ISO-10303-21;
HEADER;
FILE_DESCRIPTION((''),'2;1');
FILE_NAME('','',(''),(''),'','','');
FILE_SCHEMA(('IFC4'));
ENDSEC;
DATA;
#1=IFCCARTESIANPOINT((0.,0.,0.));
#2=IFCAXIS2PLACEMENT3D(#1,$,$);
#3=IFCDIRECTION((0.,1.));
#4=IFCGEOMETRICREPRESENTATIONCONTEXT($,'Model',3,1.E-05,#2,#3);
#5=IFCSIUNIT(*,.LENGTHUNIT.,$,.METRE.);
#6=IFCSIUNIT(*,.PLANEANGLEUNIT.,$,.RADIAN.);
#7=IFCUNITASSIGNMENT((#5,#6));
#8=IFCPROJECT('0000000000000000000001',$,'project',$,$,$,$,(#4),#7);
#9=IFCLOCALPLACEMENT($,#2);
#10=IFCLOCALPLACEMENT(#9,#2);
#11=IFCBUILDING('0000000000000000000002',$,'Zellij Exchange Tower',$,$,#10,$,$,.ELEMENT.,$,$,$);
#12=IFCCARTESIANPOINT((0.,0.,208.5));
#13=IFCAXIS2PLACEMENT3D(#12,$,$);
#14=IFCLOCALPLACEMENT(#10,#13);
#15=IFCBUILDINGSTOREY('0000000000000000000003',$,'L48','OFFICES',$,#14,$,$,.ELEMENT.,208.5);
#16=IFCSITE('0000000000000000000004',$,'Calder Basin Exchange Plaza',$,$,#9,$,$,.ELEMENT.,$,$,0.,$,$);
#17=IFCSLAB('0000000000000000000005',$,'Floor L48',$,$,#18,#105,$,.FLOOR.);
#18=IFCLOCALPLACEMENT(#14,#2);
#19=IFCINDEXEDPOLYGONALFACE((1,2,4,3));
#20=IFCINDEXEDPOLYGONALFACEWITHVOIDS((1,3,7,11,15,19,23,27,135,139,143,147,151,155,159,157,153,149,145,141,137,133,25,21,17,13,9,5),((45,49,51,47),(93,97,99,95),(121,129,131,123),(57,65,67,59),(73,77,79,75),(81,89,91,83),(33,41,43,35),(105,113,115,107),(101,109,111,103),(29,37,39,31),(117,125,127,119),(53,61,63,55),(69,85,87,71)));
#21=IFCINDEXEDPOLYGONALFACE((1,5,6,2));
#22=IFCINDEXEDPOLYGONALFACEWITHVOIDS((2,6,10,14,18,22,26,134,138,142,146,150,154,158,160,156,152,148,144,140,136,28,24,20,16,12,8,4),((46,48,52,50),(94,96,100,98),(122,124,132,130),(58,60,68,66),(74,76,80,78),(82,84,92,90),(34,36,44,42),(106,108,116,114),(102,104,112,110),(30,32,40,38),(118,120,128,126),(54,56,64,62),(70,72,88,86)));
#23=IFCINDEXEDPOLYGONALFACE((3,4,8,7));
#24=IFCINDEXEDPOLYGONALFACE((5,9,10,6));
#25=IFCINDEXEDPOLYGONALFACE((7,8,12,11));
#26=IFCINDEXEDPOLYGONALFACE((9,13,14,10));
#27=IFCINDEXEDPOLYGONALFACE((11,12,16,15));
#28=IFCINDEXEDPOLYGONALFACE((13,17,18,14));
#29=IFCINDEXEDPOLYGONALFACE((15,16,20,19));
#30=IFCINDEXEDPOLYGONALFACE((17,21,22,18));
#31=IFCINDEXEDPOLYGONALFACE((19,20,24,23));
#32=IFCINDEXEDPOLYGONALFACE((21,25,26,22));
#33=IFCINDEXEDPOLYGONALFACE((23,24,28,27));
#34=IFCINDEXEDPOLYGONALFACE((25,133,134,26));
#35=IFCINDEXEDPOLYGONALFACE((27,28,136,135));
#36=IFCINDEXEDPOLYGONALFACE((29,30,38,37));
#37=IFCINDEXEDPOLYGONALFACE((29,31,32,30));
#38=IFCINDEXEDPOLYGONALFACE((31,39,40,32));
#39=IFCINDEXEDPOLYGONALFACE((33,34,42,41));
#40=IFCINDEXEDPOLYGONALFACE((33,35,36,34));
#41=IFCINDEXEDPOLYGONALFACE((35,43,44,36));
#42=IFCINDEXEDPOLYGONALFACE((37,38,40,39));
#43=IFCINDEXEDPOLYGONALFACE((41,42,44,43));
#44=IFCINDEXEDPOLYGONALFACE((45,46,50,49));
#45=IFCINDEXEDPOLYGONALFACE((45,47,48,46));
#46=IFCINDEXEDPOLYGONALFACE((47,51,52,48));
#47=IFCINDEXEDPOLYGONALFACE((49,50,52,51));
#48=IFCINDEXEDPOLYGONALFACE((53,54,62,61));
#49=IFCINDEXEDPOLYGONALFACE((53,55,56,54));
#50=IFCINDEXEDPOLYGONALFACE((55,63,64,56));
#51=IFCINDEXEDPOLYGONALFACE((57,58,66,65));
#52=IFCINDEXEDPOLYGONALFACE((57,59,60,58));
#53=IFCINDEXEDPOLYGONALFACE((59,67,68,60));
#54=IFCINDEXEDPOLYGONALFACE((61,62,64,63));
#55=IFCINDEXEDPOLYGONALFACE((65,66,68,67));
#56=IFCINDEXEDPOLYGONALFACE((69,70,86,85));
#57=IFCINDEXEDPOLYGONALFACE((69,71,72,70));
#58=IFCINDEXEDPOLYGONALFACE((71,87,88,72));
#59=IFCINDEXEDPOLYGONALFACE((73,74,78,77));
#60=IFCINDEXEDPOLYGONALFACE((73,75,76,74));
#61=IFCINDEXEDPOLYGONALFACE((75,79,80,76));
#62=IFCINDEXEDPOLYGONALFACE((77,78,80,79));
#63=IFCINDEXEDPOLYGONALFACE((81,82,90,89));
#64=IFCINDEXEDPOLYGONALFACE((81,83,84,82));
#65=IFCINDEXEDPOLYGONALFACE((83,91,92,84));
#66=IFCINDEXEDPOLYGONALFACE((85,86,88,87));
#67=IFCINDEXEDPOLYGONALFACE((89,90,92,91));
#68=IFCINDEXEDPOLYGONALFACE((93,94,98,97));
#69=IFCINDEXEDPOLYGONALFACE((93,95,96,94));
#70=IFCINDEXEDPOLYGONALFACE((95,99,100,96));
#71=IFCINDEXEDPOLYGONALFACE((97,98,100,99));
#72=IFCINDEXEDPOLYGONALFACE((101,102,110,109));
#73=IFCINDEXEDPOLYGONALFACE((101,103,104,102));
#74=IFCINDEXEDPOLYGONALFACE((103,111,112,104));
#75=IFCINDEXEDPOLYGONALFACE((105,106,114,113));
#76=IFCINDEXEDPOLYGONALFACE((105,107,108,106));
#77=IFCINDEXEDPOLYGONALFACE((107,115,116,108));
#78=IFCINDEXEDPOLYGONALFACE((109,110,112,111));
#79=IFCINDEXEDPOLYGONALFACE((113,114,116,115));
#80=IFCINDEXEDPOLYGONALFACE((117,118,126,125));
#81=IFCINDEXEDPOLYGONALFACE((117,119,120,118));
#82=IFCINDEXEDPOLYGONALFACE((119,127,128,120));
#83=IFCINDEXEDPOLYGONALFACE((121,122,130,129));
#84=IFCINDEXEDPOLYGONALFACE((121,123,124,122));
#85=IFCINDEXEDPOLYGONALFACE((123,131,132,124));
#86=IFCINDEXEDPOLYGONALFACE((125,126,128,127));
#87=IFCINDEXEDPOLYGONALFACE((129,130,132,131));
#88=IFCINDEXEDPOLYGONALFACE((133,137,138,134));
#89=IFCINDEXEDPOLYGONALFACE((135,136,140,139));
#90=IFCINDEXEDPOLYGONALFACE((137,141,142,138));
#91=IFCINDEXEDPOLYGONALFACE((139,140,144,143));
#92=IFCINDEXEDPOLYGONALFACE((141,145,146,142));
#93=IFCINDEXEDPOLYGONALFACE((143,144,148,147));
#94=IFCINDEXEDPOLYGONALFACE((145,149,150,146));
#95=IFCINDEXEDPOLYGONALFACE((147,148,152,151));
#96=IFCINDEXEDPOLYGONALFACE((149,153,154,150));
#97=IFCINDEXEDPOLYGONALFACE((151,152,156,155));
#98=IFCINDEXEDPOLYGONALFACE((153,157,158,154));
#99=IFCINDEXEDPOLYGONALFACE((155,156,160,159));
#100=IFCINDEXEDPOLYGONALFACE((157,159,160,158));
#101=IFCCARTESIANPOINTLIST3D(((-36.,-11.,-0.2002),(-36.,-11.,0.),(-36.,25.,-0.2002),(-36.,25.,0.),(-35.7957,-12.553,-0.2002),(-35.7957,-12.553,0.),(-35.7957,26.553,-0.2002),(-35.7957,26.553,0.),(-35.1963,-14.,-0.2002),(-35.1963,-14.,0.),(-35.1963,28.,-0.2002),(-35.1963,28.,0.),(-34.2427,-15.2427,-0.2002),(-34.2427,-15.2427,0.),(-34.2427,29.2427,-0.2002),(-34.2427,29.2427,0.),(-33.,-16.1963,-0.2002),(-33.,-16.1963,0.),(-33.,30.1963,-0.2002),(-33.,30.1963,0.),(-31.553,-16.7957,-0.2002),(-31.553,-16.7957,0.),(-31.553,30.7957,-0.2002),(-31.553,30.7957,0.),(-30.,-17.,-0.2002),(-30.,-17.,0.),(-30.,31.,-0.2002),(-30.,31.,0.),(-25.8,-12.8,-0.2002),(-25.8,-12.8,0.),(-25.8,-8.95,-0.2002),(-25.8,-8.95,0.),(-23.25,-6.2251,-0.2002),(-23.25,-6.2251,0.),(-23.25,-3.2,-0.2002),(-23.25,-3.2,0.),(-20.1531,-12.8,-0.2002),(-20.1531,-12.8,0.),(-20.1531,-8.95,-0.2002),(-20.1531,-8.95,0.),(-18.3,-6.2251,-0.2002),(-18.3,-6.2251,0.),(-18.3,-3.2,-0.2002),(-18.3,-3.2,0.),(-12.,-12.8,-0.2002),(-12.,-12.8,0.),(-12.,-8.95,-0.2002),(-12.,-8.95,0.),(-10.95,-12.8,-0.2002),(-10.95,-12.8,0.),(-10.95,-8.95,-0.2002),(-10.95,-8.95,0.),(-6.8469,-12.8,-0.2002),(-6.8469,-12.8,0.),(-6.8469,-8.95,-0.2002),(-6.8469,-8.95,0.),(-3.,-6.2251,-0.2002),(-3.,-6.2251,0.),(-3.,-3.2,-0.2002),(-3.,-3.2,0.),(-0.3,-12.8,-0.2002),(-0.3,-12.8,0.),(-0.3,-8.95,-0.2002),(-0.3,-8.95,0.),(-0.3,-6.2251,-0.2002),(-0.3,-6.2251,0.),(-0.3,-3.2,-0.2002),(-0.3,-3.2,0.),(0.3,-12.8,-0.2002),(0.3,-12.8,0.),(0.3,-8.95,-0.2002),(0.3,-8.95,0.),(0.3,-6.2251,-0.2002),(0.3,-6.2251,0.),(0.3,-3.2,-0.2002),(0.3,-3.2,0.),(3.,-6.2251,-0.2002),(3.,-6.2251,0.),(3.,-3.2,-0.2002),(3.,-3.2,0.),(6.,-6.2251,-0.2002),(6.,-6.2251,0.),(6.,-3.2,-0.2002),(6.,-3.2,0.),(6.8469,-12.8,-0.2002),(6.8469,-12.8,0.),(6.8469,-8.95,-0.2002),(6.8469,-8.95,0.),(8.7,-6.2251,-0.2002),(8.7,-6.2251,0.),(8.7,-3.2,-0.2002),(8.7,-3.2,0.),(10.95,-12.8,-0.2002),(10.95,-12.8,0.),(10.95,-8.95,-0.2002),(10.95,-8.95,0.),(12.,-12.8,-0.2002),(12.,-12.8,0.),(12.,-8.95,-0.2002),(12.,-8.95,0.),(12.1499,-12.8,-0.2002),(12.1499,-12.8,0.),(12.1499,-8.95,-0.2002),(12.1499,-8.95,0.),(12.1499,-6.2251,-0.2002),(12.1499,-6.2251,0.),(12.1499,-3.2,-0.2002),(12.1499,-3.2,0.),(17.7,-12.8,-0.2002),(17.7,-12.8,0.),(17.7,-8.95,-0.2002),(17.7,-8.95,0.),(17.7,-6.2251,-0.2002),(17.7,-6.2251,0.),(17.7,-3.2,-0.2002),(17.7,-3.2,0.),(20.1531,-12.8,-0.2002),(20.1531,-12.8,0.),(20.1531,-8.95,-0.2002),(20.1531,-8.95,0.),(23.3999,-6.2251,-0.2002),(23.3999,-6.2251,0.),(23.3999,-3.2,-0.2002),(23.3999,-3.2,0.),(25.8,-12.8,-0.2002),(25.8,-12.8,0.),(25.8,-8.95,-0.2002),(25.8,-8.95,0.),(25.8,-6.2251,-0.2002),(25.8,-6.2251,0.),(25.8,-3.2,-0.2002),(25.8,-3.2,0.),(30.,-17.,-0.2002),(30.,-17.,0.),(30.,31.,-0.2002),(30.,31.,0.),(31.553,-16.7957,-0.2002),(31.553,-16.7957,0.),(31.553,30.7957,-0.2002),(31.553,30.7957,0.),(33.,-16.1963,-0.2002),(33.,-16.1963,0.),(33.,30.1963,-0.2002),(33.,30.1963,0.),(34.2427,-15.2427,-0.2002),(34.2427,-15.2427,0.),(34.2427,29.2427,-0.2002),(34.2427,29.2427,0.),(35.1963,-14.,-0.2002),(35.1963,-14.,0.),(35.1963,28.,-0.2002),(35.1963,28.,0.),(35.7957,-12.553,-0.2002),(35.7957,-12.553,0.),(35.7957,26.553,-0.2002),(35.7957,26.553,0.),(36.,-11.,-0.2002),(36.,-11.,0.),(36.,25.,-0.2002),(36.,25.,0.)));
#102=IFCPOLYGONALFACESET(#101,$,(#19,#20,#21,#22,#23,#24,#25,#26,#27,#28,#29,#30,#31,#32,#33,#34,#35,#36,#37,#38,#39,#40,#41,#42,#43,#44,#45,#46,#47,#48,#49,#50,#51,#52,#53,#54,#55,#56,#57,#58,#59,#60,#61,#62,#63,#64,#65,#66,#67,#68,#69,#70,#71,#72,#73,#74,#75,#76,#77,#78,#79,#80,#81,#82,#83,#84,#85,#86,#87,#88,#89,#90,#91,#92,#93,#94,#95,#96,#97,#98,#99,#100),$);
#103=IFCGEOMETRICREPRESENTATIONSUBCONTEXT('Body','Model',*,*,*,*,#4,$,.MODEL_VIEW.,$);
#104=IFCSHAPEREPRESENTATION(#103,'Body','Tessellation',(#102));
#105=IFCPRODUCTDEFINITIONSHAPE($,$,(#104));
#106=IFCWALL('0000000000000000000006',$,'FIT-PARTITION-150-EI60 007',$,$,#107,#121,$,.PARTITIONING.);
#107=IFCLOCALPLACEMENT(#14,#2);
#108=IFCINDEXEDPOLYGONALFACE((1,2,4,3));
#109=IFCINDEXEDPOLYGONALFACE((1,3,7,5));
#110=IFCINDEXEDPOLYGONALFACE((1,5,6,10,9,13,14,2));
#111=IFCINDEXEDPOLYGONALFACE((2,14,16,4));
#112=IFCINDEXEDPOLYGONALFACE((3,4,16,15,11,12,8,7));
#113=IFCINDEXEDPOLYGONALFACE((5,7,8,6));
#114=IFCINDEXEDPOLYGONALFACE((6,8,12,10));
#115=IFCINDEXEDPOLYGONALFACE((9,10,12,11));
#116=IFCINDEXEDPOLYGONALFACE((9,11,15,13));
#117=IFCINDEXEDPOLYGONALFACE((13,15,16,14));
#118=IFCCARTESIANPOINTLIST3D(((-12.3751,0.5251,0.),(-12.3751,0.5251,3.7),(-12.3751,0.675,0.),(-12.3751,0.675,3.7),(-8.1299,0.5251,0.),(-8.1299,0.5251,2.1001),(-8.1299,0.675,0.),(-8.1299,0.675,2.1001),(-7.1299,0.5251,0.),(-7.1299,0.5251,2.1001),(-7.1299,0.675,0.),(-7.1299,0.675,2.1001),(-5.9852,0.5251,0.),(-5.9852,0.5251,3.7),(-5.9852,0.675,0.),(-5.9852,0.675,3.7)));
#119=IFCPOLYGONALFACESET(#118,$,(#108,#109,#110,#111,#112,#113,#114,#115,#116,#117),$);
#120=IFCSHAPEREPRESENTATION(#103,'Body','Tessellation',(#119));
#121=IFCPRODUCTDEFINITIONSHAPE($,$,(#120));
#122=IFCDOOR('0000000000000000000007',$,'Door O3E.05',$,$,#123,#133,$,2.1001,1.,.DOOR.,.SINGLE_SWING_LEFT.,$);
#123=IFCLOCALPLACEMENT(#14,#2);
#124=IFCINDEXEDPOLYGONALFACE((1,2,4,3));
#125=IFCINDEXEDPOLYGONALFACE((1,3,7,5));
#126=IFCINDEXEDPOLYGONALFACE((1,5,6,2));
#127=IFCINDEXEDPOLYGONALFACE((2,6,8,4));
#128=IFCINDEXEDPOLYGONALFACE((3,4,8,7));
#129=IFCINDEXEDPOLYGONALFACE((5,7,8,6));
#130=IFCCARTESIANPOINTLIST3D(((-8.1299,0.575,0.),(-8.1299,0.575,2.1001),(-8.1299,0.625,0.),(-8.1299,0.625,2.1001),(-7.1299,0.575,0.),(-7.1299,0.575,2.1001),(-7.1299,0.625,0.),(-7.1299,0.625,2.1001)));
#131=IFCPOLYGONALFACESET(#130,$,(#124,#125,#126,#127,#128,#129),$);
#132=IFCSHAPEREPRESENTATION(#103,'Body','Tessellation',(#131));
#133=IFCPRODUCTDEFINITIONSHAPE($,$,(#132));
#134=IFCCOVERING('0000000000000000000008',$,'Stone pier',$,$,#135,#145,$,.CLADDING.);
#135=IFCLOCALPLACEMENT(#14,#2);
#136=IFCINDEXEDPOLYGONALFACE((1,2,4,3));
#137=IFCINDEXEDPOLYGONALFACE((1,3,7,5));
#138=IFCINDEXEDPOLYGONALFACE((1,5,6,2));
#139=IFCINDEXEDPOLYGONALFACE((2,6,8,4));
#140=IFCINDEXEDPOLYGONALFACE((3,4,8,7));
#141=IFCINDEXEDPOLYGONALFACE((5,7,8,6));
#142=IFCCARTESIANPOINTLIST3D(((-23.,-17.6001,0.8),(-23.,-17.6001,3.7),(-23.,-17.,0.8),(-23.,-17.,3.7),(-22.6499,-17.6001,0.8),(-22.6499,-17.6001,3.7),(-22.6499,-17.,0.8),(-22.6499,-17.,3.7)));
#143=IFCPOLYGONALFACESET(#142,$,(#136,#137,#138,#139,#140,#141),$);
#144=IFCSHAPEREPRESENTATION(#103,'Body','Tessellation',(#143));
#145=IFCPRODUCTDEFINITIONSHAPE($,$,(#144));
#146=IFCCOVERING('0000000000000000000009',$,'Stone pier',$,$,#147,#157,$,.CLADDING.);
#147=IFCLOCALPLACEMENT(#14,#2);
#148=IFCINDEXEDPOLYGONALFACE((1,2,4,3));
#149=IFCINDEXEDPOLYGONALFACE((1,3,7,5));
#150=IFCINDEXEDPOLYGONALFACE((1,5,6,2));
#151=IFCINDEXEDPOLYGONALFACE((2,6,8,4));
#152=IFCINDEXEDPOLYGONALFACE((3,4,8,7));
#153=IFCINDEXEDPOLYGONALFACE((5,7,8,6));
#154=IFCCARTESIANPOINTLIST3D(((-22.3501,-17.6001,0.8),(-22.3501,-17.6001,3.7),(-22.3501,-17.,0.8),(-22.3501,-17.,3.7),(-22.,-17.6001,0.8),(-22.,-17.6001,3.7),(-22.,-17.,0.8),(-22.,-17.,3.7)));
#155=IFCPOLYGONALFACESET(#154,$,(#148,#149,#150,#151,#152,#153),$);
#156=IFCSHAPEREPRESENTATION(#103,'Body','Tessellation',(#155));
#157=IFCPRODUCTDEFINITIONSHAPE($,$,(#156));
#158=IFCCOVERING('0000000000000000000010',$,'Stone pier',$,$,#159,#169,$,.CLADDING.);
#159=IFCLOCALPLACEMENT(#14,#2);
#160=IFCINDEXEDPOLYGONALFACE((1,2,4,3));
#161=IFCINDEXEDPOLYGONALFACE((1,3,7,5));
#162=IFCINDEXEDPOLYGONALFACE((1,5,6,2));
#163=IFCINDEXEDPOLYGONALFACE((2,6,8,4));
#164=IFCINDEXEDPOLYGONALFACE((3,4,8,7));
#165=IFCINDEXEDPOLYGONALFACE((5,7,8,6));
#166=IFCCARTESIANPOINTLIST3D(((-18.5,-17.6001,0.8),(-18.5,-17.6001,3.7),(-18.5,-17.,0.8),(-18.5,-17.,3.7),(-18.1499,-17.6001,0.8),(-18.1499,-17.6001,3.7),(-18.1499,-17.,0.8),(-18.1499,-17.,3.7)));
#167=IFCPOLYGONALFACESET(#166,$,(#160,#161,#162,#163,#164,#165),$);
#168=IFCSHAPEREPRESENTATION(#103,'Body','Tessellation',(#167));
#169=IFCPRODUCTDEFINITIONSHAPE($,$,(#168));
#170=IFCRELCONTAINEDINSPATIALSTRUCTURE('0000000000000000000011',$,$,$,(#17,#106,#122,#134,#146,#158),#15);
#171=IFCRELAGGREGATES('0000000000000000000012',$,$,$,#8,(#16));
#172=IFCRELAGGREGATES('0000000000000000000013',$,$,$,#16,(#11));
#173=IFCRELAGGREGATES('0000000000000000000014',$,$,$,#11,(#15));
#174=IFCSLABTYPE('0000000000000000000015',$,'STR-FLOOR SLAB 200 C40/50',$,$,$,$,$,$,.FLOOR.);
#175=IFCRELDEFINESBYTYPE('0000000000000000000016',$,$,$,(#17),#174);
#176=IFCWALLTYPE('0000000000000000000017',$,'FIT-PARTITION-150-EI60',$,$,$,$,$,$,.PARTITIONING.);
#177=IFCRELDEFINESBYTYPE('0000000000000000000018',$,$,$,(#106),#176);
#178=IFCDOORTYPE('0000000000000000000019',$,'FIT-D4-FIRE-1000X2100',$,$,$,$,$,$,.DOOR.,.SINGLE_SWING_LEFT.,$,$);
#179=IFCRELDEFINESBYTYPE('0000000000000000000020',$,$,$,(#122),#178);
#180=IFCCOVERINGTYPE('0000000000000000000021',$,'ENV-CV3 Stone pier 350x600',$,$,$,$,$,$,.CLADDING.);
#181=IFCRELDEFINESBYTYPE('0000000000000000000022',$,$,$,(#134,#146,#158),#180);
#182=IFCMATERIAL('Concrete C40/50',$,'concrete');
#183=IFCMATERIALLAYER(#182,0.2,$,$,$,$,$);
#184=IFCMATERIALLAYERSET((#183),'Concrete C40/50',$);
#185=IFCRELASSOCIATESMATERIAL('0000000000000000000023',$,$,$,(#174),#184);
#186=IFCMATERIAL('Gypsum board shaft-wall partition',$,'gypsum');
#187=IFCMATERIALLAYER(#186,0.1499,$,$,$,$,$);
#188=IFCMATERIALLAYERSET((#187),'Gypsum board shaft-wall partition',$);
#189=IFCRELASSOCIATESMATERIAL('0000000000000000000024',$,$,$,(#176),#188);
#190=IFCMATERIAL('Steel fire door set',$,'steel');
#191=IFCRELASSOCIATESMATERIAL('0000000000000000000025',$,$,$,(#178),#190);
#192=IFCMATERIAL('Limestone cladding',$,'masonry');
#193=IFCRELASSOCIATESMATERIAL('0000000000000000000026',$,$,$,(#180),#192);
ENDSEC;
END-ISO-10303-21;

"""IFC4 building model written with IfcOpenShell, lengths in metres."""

from ifc_helpers import new_model, si_unit, direction, frame, frame_2d, origin, place, context, subcontext, project, spatial, polyline, rectangle, outline, extrude, material, layer, layer_set, type_object, element, fill, save


model = new_model("IFC4")

# Units and contexts
model_context = context("Model", 3, precision=1e-05, world=origin(), true_north=direction((0.0, 1.0)))
body_context = subcontext(model_context, "Body", "Model", "MODEL_VIEW")
ifc_project = project(units=[si_unit("LENGTHUNIT", "METRE"), si_unit("PLANEANGLEUNIT", "RADIAN")], contexts=[model_context])

# Site, building, storey
site_placement = place(None, origin())
site = spatial("IfcSite", under=ifc_project, at=site_placement, Name="Calder Basin Exchange Plaza", CompositionType="ELEMENT", RefElevation=0.0)
building_placement = place(site_placement, origin())
building = spatial("IfcBuilding", under=site, at=building_placement, Name="Zellij Exchange Tower", CompositionType="ELEMENT")
storey_placement = place(building_placement, frame((0.0, 0.0, 208.5)))
storey = spatial("IfcBuildingStorey", under=building, at=storey_placement, Name="L48", Description="OFFICES", CompositionType="ELEMENT", Elevation=208.5)

# Slab
ifc_material_1 = material(Name="Concrete C40/50", Category="concrete")
ifc_layer_1 = layer(ifc_material_1, 0.2)
ifc_layer_set_1 = layer_set([ifc_layer_1], Name="Concrete C40/50")
slab_type = type_object("IfcSlabType", Name="STR-FLOOR SLAB 200 C40/50", PredefinedType="FLOOR", material=ifc_layer_set_1)
slab_placement = place(storey_placement, frame((0.0, 0.0, -0.2002)))
element("IfcSlab", 1, at=slab_placement, inside=storey, type_object=slab_type, Name="Floor L48", PredefinedType="FLOOR", context=body_context, shape_type="SweptSolid", body=[
    extrude(outline(polyline([(-30.0, -17.0), (-31.553, -16.7957), (-33.0, -16.1963), (-34.2427, -15.2427), (-35.1963, -14.0), (-35.7957, -12.553), (-36.0, -11.0), (-36.0, 25.0), (-35.7957, 26.553), (-35.1963, 28.0), (-34.2427, 29.2427), (-33.0, 30.1963), (-31.553, 30.7957), (-30.0, 31.0), (30.0, 31.0), (31.553, 30.7957), (33.0, 30.1963), (34.2427, 29.2427), (35.1963, 28.0), (35.7957, 26.553), (36.0, 25.0), (36.0, -11.0), (35.7957, -12.553), (35.1963, -14.0), (34.2427, -15.2427), (33.0, -16.1963), (31.553, -16.7957), (30.0, -17.0), (-30.0, -17.0)]), holes=[polyline([(-25.8, -8.95), (-25.8, -12.8), (-20.1531, -12.8), (-20.1531, -8.95), (-25.8, -8.95)]), polyline([(-10.95, -8.95), (-12.0, -8.95), (-12.0, -12.8), (-10.95, -12.8), (-10.95, -8.95)]), polyline([(-0.3, -8.95), (-6.8469, -8.95), (-6.8469, -12.8), (-0.3, -12.8), (-0.3, -8.95)]), polyline([(0.3, -8.95), (0.3, -12.8), (6.8469, -12.8), (6.8469, -8.95), (0.3, -8.95)]), polyline([(-18.3, -3.2), (-23.25, -3.2), (-23.25, -6.2251), (-18.3, -6.2251), (-18.3, -3.2)]), polyline([(-0.3, -3.2), (-3.0, -3.2), (-3.0, -6.2251), (-0.3, -6.2251), (-0.3, -3.2)]), polyline([(0.3, -3.2), (0.3, -6.2251), (3.0, -6.2251), (3.0, -3.2), (0.3, -3.2)]), polyline([(12.0, -8.95), (10.95, -8.95), (10.95, -12.8), (12.0, -12.8), (12.0, -8.95)]), polyline([(17.7, -8.95), (12.1499, -8.95), (12.1499, -12.8), (17.7, -12.8), (17.7, -8.95)]), polyline([(25.8, -8.95), (20.1531, -8.95), (20.1531, -12.8), (25.8, -12.8), (25.8, -8.95)]), polyline([(8.7, -3.2), (6.0, -3.2), (6.0, -6.2251), (8.7, -6.2251), (8.7, -3.2)]), polyline([(17.7, -3.2), (12.1499, -3.2), (12.1499, -6.2251), (17.7, -6.2251), (17.7, -3.2)]), polyline([(25.8, -3.2), (23.3999, -3.2), (23.3999, -6.2251), (25.8, -6.2251), (25.8, -3.2)])]), origin(), (0.0, 0.0, 1.0), 0.2002),
])

# Wall, opening, door
ifc_material_2 = material(Name="Gypsum board shaft-wall partition", Category="gypsum")
ifc_layer_2 = layer(ifc_material_2, 0.1499)
ifc_layer_set_2 = layer_set([ifc_layer_2], Name="Gypsum board shaft-wall partition")
wall_type = type_object("IfcWallType", Name="FIT-PARTITION-150-EI60", PredefinedType="PARTITIONING", material=ifc_layer_set_2)
wall_placement = place(storey_placement, frame((-12.375, 0.6001, 0.0), z_axis=(0.0, 0.0, 1.0), x_axis=(1.0, 0.0, 0.0)))
wall = element("IfcWall", 2, at=wall_placement, inside=storey, type_object=wall_type, Name="FIT-PARTITION-150-EI60 007", PredefinedType="PARTITIONING", context=body_context, shape_type="SweptSolid", body=[
    extrude(rectangle(XDim=6.3899, YDim=0.1499, at=frame_2d((3.1948, 0.0))), origin(), (0.0, 0.0, 1.0), 3.7),
])
opening_placement = place(wall_placement, frame((4.2451, 0.0, 0.0)))
opening = element("IfcOpeningElement", 3, at=opening_placement, cuts=wall, PredefinedType="OPENING", context=body_context, shape_type="SweptSolid", body=[
    extrude(rectangle(XDim=1.0, YDim=2.1001, at=frame_2d((0.5, 1.05))), frame((0.0, 0.0869, 0.0), z_axis=(0.0, -1.0, 0.0), x_axis=(1.0, 0.0, 0.0)), (0.0, 0.0, 1.0), 0.1738),
])
ifc_material_3 = material(Name="Steel fire door set", Category="steel")
door_type = type_object("IfcDoorType", Name="FIT-D4-FIRE-1000X2100", OperationType="SINGLE_SWING_LEFT", PredefinedType="DOOR", material=ifc_material_3)
door_placement = place(opening_placement, origin())
door = element("IfcDoor", 4, at=door_placement, inside=storey, type_object=door_type, Name="Door O3E.05", OperationType="SINGLE_SWING_LEFT", OverallHeight=2.1001, OverallWidth=1.0, PredefinedType="DOOR", context=body_context, shape_type="SweptSolid", body=[
    extrude(rectangle(XDim=1.0, YDim=2.1001, at=frame_2d((0.5, 1.05))), frame((0.0, 0.0249, 0.0), z_axis=(0.0, -1.0, 0.0), x_axis=(1.0, 0.0, 0.0)), (0.0, 0.0, 1.0), 0.05),
])
fill(opening, door)

# Coverings
ifc_material_4 = material(Name="Limestone cladding", Category="masonry")
covering_type = type_object("IfcCoveringType", Name="ENV-CV3 Stone pier 350x600", PredefinedType="CLADDING", material=ifc_material_4)
covering_1_placement = place(storey_placement, frame((0.0, 0.0, 0.8)))
element("IfcCovering", 5, at=covering_1_placement, inside=storey, type_object=covering_type, Name="Stone pier", PredefinedType="CLADDING", context=body_context, shape_type="SweptSolid", body=[
    extrude(outline(polyline([(-23.0, -17.0), (-22.6499, -17.0), (-22.6499, -17.6001), (-23.0, -17.6001), (-23.0, -17.0)])), origin(), (0.0, 0.0, 1.0), 2.8999),
])
covering_2_placement = place(storey_placement, frame((0.0, 0.0, 0.8)))
element("IfcCovering", 6, at=covering_2_placement, inside=storey, type_object=covering_type, Name="Stone pier", PredefinedType="CLADDING", context=body_context, shape_type="SweptSolid", body=[
    extrude(outline(polyline([(-22.3501, -17.0), (-22.0, -17.0), (-22.0, -17.6001), (-22.3501, -17.6001), (-22.3501, -17.0)])), origin(), (0.0, 0.0, 1.0), 2.8999),
])
covering_3_placement = place(storey_placement, frame((0.0, 0.0, 0.8)))
element("IfcCovering", 7, at=covering_3_placement, inside=storey, type_object=covering_type, Name="Stone pier", PredefinedType="CLADDING", context=body_context, shape_type="SweptSolid", body=[
    extrude(outline(polyline([(-18.5, -17.0), (-18.1499, -17.0), (-18.1499, -17.6001), (-18.5, -17.6001), (-18.5, -17.0)])), origin(), (0.0, 0.0, 1.0), 2.8999),
])

save(model, "model.ifc")
